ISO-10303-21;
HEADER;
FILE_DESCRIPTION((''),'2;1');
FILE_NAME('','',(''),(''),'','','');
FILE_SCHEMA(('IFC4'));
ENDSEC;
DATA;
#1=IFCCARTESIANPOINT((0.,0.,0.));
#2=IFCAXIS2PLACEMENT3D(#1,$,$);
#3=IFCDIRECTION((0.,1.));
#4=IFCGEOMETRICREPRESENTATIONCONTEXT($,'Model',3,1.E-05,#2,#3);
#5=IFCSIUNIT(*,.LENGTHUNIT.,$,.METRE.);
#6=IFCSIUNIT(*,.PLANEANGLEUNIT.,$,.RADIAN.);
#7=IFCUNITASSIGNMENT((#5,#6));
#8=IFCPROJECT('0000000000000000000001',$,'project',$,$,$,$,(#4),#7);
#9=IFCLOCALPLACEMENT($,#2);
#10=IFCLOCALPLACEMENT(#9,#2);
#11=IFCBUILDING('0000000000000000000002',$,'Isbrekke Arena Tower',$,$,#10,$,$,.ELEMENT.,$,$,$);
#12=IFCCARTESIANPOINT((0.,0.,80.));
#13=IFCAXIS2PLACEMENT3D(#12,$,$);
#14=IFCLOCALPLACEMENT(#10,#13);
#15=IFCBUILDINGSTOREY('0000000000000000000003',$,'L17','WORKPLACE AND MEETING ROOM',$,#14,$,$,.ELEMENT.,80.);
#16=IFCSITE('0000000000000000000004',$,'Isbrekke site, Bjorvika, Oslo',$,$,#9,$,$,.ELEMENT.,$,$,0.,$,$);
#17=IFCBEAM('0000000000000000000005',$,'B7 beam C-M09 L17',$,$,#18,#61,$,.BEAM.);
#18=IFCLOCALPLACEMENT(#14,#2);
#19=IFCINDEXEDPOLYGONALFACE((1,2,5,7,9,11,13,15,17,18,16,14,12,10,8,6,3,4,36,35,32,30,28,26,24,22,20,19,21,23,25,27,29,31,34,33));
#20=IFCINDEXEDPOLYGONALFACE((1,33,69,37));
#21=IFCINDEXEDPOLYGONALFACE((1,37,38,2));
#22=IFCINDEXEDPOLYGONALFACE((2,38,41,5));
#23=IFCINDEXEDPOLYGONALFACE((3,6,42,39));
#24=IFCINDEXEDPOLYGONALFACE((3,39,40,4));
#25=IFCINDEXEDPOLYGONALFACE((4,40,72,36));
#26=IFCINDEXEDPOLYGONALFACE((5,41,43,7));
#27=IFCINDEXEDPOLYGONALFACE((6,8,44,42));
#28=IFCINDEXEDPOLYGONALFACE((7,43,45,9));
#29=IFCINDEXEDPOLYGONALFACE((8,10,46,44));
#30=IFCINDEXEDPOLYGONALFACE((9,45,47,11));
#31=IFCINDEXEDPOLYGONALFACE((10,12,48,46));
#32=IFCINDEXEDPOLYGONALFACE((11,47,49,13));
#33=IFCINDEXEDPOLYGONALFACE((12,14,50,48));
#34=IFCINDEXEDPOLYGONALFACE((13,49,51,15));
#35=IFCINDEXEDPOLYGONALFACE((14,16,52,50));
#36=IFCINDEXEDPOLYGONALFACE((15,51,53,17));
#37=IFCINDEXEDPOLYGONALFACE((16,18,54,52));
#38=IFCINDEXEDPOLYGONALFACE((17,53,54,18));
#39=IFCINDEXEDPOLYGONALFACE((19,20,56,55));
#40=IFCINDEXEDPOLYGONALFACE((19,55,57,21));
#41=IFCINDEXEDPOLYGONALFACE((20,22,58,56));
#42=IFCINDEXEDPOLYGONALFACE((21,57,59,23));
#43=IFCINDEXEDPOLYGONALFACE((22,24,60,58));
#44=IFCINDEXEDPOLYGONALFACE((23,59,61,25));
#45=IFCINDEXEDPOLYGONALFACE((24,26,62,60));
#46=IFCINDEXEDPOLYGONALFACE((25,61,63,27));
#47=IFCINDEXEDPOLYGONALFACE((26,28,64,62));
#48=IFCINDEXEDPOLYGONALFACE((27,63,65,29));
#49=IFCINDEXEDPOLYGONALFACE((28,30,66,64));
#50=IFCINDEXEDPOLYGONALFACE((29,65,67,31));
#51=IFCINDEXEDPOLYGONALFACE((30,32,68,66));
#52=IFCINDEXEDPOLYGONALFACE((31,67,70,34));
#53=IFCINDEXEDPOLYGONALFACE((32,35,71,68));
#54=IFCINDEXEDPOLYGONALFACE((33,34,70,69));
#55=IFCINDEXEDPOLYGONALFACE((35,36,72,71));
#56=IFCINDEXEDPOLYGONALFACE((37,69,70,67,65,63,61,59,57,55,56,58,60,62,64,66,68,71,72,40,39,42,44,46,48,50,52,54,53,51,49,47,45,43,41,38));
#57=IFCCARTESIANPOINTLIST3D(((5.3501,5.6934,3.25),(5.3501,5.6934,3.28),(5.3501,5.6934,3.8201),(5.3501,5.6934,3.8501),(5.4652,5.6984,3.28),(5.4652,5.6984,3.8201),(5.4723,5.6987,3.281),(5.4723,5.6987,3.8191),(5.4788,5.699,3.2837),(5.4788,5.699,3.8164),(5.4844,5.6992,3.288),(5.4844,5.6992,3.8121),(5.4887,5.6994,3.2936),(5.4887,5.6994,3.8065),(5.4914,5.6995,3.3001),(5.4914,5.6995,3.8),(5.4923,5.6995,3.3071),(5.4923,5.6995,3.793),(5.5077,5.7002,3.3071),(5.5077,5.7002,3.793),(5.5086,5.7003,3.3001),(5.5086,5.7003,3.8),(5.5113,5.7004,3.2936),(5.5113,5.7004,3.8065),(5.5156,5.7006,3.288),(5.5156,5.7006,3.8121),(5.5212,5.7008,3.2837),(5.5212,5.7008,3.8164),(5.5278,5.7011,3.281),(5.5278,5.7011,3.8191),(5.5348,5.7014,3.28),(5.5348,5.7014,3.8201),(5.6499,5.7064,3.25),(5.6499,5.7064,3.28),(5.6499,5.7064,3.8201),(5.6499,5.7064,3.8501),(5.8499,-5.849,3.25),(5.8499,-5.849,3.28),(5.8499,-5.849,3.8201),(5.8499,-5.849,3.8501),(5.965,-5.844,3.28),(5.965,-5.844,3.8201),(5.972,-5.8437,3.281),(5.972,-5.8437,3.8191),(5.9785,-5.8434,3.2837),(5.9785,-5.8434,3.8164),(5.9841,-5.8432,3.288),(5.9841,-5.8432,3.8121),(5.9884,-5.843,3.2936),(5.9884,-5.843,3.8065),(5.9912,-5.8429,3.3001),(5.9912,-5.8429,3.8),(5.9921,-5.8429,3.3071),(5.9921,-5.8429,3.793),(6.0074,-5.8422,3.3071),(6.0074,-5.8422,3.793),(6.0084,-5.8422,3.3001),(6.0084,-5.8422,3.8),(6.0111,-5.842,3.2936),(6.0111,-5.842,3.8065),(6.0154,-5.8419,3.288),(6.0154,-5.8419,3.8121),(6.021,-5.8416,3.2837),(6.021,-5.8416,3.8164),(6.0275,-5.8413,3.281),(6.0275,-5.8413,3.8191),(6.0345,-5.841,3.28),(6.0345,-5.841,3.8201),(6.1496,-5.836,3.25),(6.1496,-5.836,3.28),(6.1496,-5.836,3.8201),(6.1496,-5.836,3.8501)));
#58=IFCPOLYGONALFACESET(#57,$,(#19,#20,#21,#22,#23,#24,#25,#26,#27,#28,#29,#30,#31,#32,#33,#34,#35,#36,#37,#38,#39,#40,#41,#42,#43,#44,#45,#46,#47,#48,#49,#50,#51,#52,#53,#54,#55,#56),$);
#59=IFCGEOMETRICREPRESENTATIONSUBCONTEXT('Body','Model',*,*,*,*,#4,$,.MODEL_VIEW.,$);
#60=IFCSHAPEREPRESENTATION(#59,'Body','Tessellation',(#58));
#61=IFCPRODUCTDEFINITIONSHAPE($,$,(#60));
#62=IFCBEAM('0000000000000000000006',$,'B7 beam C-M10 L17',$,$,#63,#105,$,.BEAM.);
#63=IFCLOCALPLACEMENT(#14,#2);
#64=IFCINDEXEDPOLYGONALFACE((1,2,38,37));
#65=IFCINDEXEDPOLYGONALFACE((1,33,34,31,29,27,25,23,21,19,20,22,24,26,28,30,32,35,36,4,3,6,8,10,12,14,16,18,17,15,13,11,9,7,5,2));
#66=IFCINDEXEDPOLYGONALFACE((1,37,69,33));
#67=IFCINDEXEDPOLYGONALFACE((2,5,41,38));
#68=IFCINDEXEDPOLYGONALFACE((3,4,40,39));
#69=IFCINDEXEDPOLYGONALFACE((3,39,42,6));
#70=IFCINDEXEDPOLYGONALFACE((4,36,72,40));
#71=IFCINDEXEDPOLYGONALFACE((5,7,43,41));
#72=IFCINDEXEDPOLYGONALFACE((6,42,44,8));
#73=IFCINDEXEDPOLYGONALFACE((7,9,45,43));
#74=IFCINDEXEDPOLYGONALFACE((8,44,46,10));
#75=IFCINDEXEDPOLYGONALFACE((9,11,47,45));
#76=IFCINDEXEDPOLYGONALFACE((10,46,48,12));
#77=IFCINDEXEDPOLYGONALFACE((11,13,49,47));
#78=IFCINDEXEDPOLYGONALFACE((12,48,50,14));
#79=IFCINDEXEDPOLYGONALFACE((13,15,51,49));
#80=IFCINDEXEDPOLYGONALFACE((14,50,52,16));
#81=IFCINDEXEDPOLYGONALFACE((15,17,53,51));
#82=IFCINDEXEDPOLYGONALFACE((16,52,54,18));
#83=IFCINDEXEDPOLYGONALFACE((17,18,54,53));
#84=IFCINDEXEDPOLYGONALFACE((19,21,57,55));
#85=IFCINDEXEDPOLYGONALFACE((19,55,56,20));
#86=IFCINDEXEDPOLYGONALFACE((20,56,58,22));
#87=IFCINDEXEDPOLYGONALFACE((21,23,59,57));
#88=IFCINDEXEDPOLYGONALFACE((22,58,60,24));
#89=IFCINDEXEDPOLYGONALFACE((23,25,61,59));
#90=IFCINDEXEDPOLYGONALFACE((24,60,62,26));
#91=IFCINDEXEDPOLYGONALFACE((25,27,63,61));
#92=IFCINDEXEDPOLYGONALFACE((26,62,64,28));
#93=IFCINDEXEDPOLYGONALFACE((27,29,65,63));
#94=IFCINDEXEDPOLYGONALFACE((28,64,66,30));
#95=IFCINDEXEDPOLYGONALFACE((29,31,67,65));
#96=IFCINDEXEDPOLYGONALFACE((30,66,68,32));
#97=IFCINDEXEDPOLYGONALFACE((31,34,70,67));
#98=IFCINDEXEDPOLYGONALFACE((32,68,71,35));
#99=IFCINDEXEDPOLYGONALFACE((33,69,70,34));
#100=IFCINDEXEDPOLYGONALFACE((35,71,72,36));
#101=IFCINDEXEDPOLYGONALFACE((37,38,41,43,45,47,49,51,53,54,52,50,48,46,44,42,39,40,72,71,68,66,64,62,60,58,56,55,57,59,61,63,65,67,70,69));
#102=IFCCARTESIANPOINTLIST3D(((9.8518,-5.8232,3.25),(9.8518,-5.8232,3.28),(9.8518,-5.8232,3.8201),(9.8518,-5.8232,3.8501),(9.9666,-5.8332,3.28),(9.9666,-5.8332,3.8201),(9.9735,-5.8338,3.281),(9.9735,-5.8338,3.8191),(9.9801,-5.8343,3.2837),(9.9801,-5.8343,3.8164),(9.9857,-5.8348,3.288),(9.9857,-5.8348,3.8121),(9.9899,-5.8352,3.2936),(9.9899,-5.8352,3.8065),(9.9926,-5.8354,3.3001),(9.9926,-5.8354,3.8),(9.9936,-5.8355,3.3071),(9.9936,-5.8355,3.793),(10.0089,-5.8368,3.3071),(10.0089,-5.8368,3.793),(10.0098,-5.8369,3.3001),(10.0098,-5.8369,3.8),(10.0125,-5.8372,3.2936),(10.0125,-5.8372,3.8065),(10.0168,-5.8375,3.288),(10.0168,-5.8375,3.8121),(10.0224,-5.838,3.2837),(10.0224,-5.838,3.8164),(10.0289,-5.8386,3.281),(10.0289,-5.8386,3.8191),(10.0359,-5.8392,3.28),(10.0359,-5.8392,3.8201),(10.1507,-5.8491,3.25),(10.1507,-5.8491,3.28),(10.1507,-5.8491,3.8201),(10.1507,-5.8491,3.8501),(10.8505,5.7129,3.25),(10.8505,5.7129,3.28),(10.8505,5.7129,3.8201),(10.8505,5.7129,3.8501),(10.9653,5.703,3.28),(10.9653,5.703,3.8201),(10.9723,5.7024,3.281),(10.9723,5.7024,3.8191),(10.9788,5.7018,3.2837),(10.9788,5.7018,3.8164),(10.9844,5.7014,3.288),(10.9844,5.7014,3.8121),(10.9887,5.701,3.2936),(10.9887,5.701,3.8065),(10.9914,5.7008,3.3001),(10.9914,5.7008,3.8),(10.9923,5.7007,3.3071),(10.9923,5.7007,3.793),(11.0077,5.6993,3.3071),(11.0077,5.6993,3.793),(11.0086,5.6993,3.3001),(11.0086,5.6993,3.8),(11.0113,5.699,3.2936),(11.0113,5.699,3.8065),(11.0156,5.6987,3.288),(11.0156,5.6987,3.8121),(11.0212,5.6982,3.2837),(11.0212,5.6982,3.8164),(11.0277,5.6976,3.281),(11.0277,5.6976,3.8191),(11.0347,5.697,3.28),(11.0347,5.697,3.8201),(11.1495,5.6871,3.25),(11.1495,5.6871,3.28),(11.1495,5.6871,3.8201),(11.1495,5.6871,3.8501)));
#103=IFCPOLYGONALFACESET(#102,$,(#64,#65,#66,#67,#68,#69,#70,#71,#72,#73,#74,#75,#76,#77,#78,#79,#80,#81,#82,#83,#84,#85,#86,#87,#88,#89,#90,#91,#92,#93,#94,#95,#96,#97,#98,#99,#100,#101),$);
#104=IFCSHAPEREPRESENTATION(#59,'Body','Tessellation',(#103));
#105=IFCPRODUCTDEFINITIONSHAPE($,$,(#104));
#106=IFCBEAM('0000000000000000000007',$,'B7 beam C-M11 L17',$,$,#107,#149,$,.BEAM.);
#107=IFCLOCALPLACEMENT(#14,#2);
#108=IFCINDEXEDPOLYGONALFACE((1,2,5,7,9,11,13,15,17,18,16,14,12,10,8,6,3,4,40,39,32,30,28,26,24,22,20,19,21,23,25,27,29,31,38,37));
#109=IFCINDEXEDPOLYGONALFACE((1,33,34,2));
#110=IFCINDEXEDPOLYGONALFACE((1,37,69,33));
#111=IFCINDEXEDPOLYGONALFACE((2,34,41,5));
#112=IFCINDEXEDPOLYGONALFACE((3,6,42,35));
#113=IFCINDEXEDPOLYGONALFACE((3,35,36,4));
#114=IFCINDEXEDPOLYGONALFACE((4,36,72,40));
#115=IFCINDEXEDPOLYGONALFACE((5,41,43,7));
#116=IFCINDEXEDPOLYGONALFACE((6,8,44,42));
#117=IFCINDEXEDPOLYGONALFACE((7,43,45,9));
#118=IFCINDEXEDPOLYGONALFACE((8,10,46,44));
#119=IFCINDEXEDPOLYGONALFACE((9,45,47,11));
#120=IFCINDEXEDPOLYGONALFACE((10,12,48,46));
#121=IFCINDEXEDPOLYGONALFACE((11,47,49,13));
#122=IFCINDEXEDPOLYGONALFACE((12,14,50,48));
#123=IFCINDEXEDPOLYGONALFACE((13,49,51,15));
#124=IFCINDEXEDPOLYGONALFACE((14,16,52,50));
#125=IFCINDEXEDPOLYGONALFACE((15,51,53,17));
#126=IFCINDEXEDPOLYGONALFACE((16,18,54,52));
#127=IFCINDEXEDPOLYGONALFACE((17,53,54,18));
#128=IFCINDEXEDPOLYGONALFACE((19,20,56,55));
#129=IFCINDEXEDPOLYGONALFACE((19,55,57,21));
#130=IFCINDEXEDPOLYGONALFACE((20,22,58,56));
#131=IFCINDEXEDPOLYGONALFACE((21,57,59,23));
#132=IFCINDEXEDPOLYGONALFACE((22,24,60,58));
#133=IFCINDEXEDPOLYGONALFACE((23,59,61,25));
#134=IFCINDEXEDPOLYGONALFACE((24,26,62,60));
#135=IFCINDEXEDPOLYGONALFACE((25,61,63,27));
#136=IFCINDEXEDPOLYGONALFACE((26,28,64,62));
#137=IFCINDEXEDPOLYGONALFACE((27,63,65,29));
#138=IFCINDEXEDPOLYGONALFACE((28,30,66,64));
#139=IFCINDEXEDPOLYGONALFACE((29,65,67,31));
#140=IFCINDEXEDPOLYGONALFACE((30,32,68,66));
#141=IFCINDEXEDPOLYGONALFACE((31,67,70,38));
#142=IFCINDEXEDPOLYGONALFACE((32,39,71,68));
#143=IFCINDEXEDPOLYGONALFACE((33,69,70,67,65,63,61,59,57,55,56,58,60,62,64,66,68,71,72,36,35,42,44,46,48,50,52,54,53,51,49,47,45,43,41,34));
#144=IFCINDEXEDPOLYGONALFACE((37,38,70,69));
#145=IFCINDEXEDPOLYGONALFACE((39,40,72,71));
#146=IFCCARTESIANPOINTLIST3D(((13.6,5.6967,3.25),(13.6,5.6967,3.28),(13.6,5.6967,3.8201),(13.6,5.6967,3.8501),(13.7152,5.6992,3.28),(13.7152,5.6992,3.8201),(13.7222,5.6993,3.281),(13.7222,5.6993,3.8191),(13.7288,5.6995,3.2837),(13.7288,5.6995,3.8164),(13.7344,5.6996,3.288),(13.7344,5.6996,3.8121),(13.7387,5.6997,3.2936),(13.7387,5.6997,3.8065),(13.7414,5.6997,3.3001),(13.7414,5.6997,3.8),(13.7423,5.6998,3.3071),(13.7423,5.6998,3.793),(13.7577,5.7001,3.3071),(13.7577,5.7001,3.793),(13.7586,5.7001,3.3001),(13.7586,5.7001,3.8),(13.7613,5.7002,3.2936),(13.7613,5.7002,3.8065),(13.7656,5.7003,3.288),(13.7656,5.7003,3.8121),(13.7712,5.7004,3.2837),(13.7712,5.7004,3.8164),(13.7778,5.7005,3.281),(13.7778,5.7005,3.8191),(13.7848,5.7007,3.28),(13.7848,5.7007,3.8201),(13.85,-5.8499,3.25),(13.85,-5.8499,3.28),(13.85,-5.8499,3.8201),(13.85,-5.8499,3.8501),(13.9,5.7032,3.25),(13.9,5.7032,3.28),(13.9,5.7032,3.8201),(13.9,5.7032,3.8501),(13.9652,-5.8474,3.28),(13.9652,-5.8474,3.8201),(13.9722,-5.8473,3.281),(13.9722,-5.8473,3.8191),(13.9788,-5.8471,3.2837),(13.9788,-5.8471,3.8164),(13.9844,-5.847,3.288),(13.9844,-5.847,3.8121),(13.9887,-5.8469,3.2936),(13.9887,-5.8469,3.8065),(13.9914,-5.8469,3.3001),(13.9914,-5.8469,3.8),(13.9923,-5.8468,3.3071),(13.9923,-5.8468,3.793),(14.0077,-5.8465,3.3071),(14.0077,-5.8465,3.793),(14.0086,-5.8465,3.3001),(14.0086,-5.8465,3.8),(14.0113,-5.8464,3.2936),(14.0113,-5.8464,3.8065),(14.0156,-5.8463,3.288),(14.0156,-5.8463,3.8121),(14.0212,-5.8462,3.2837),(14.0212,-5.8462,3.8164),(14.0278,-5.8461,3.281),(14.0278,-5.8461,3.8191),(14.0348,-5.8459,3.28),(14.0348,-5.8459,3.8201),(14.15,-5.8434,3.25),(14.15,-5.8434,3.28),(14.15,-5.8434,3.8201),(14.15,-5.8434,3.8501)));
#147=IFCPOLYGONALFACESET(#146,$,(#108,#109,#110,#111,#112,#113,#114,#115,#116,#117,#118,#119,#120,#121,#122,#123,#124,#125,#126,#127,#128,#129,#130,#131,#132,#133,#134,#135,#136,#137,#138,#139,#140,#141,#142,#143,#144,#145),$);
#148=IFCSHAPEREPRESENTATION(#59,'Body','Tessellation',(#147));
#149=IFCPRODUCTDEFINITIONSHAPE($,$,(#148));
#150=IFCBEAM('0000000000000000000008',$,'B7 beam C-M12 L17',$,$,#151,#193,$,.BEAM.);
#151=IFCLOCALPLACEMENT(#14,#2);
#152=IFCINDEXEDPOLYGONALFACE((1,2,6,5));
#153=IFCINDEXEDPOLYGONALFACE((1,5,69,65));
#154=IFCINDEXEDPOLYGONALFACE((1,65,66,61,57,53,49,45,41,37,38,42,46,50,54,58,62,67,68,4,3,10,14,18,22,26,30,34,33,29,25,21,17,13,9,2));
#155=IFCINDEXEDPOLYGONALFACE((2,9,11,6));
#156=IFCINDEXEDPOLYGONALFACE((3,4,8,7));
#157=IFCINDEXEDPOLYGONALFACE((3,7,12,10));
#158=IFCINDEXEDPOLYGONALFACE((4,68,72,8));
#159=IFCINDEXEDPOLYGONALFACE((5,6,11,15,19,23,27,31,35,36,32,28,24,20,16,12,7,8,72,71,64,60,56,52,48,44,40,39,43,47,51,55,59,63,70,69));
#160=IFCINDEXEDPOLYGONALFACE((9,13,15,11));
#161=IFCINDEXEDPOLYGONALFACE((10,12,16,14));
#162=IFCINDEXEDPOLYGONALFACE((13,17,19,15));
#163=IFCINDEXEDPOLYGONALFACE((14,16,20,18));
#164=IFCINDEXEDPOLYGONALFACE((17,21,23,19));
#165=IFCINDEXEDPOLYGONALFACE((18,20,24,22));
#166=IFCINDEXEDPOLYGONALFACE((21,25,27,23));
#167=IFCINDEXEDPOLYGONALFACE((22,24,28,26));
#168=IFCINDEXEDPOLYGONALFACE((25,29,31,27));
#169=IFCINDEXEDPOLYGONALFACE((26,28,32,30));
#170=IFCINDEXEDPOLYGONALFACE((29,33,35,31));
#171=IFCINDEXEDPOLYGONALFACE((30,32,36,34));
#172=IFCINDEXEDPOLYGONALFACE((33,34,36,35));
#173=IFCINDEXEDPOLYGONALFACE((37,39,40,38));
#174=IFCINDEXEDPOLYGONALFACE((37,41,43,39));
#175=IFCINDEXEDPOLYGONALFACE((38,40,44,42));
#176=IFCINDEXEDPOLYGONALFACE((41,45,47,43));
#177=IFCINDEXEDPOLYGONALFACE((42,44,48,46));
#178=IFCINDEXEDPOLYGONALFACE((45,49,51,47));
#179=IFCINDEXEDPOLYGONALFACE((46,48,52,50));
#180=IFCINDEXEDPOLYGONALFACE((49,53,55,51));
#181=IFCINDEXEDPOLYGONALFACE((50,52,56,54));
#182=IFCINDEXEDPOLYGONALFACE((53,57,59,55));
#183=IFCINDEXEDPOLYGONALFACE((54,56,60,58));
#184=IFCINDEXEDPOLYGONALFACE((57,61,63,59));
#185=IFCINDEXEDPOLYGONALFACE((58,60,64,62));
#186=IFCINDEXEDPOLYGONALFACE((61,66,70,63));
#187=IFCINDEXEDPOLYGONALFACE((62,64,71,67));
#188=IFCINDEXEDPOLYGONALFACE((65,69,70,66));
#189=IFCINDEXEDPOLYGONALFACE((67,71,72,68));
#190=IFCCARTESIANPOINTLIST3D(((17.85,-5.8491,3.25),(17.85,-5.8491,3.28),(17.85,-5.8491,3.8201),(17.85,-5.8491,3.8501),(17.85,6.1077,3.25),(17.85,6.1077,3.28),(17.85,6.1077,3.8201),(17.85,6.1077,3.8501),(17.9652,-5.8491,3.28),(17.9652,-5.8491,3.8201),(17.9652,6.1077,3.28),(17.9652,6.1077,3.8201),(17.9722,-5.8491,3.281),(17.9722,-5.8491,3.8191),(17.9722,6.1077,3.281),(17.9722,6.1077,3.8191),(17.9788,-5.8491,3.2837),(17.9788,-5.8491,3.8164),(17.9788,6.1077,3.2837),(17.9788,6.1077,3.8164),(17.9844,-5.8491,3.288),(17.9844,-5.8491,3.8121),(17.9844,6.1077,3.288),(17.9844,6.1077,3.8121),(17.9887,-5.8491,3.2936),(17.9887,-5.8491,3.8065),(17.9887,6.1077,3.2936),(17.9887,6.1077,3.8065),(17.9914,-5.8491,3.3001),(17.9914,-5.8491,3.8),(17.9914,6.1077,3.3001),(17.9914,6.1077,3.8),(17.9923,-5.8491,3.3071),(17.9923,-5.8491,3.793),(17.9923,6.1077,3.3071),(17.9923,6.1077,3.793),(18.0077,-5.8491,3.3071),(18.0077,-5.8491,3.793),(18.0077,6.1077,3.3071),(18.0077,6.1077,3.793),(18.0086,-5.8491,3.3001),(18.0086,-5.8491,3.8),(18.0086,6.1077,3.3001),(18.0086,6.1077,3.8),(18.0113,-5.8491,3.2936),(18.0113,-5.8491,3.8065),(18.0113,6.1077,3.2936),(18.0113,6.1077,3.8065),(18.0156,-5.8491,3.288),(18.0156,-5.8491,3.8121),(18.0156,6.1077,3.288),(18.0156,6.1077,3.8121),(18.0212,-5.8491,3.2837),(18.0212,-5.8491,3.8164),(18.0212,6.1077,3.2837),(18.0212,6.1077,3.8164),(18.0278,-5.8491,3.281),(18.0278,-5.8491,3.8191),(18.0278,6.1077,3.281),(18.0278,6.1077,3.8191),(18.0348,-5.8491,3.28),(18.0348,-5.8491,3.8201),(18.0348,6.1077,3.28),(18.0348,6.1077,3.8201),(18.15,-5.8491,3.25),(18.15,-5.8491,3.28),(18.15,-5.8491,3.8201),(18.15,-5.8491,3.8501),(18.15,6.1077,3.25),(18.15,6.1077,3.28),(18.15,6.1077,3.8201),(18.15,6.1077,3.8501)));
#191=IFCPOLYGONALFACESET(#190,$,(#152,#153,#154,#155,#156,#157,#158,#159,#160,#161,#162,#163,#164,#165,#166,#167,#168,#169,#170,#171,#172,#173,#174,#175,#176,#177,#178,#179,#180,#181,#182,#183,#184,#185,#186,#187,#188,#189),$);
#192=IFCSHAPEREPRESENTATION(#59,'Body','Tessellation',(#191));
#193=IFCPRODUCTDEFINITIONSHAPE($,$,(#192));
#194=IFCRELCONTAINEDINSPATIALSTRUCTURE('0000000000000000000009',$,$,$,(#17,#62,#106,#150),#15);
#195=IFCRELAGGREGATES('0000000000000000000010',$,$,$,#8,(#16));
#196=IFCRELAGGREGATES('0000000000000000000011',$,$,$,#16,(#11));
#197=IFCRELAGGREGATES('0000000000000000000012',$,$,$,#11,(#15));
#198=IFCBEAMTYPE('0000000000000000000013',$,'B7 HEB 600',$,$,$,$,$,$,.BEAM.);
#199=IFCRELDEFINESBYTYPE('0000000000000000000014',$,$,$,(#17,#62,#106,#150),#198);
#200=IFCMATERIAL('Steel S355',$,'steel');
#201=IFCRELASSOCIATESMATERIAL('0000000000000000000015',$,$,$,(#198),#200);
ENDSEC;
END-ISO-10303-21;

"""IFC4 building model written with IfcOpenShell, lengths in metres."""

from ifc_helpers import new_model, si_unit, direction, frame, origin, origin_2d, place, context, subcontext, project, spatial, i_section, extrude, material, material_profile, profile_set, type_object, element, save


model = new_model("IFC4")

# Units and contexts
model_context = context("Model", 3, precision=1e-05, world=origin(), true_north=direction((0.0, 1.0)))
body_context = subcontext(model_context, "Body", "Model", "MODEL_VIEW")
ifc_project = project(units=[si_unit("LENGTHUNIT", "METRE"), si_unit("PLANEANGLEUNIT", "RADIAN")], contexts=[model_context])

# Site, building, storey
site_placement = place(None, origin())
site = spatial("IfcSite", under=ifc_project, at=site_placement, Name="Isbrekke site, Bjorvika, Oslo", CompositionType="ELEMENT", RefElevation=0.0)
building_placement = place(site_placement, origin())
building = spatial("IfcBuilding", under=site, at=building_placement, Name="Isbrekke Arena Tower", CompositionType="ELEMENT")
storey_placement = place(building_placement, frame((0.0, 0.0, 80.0)))
storey = spatial("IfcBuildingStorey", under=building, at=storey_placement, Name="L17", Description="WORKPLACE AND MEETING ROOM", CompositionType="ELEMENT", Elevation=80.0)

# Beams
ifc_material_1 = material(Name="Steel S355", Category="steel")
ifc_material_profile_1 = material_profile(ifc_material_1, i_section(OverallWidth=0.3, OverallDepth=0.6001, WebThickness=0.0154, FlangeThickness=0.03, FilletRadius=0.0271, at=origin_2d()), Name="HEB 600")
ifc_profile_set_1 = profile_set([ifc_material_profile_1], Name="Steel S355")
beam_type_1 = type_object("IfcBeamType", Name="B7 HEB 600", PredefinedType="BEAM", material=ifc_profile_set_1)
beam_1_placement = place(storey_placement, frame((5.9998, -5.8425, 3.55), z_axis=(-0.043257, 0.999064, 0.0), x_axis=(-0.999064, -0.043257, 0.0)))
element("IfcBeam", 1, at=beam_1_placement, inside=storey, type_object=beam_type_1, Name="B7 beam C-M09 L17", PredefinedType="BEAM", context=body_context, shape_type="SweptSolid", body=[
    extrude(i_section(OverallWidth=0.3, OverallDepth=0.6001, WebThickness=0.0154, FlangeThickness=0.03, FilletRadius=0.0271, at=origin_2d()), origin(), (0.0, 0.0, 1.0), 11.5532),
])
beam_2_placement = place(storey_placement, frame((10.0012, -5.8362, 3.55), z_axis=(0.086256, 0.996273, 0.0), x_axis=(-0.996273, 0.086256, 0.0)))
element("IfcBeam", 2, at=beam_2_placement, inside=storey, type_object=beam_type_1, Name="B7 beam C-M10 L17", PredefinedType="BEAM", context=body_context, shape_type="SweptSolid", body=[
    extrude(i_section(OverallWidth=0.3, OverallDepth=0.6001, WebThickness=0.0154, FlangeThickness=0.03, FilletRadius=0.0271, at=origin_2d()), origin(), (0.0, 0.0, 1.0), 11.5793),
])
beam_3_placement = place(storey_placement, frame((14.0, -5.8467, 3.55), z_axis=(-0.021646, 0.999766, 0.0), x_axis=(-0.999766, -0.021646, 0.0)))
element("IfcBeam", 3, at=beam_3_placement, inside=storey, type_object=beam_type_1, Name="B7 beam C-M11 L17", PredefinedType="BEAM", context=body_context, shape_type="SweptSolid", body=[
    extrude(i_section(OverallWidth=0.3, OverallDepth=0.6001, WebThickness=0.0154, FlangeThickness=0.03, FilletRadius=0.0271, at=origin_2d()), origin(), (0.0, 0.0, 1.0), 11.5493),
])
beam_4_placement = place(storey_placement, frame((18.0, -5.8491, 3.55), z_axis=(0.0, 1.0, 0.0), x_axis=(-1.0, 0.0, 0.0)))
element("IfcBeam", 4, at=beam_4_placement, inside=storey, type_object=beam_type_1, Name="B7 beam C-M12 L17", PredefinedType="BEAM", context=body_context, shape_type="SweptSolid", body=[
    extrude(i_section(OverallWidth=0.3, OverallDepth=0.6001, WebThickness=0.0154, FlangeThickness=0.03, FilletRadius=0.0271, at=origin_2d()), origin(), (0.0, 0.0, 1.0), 11.9568),
])

save(model, "model.ifc")
